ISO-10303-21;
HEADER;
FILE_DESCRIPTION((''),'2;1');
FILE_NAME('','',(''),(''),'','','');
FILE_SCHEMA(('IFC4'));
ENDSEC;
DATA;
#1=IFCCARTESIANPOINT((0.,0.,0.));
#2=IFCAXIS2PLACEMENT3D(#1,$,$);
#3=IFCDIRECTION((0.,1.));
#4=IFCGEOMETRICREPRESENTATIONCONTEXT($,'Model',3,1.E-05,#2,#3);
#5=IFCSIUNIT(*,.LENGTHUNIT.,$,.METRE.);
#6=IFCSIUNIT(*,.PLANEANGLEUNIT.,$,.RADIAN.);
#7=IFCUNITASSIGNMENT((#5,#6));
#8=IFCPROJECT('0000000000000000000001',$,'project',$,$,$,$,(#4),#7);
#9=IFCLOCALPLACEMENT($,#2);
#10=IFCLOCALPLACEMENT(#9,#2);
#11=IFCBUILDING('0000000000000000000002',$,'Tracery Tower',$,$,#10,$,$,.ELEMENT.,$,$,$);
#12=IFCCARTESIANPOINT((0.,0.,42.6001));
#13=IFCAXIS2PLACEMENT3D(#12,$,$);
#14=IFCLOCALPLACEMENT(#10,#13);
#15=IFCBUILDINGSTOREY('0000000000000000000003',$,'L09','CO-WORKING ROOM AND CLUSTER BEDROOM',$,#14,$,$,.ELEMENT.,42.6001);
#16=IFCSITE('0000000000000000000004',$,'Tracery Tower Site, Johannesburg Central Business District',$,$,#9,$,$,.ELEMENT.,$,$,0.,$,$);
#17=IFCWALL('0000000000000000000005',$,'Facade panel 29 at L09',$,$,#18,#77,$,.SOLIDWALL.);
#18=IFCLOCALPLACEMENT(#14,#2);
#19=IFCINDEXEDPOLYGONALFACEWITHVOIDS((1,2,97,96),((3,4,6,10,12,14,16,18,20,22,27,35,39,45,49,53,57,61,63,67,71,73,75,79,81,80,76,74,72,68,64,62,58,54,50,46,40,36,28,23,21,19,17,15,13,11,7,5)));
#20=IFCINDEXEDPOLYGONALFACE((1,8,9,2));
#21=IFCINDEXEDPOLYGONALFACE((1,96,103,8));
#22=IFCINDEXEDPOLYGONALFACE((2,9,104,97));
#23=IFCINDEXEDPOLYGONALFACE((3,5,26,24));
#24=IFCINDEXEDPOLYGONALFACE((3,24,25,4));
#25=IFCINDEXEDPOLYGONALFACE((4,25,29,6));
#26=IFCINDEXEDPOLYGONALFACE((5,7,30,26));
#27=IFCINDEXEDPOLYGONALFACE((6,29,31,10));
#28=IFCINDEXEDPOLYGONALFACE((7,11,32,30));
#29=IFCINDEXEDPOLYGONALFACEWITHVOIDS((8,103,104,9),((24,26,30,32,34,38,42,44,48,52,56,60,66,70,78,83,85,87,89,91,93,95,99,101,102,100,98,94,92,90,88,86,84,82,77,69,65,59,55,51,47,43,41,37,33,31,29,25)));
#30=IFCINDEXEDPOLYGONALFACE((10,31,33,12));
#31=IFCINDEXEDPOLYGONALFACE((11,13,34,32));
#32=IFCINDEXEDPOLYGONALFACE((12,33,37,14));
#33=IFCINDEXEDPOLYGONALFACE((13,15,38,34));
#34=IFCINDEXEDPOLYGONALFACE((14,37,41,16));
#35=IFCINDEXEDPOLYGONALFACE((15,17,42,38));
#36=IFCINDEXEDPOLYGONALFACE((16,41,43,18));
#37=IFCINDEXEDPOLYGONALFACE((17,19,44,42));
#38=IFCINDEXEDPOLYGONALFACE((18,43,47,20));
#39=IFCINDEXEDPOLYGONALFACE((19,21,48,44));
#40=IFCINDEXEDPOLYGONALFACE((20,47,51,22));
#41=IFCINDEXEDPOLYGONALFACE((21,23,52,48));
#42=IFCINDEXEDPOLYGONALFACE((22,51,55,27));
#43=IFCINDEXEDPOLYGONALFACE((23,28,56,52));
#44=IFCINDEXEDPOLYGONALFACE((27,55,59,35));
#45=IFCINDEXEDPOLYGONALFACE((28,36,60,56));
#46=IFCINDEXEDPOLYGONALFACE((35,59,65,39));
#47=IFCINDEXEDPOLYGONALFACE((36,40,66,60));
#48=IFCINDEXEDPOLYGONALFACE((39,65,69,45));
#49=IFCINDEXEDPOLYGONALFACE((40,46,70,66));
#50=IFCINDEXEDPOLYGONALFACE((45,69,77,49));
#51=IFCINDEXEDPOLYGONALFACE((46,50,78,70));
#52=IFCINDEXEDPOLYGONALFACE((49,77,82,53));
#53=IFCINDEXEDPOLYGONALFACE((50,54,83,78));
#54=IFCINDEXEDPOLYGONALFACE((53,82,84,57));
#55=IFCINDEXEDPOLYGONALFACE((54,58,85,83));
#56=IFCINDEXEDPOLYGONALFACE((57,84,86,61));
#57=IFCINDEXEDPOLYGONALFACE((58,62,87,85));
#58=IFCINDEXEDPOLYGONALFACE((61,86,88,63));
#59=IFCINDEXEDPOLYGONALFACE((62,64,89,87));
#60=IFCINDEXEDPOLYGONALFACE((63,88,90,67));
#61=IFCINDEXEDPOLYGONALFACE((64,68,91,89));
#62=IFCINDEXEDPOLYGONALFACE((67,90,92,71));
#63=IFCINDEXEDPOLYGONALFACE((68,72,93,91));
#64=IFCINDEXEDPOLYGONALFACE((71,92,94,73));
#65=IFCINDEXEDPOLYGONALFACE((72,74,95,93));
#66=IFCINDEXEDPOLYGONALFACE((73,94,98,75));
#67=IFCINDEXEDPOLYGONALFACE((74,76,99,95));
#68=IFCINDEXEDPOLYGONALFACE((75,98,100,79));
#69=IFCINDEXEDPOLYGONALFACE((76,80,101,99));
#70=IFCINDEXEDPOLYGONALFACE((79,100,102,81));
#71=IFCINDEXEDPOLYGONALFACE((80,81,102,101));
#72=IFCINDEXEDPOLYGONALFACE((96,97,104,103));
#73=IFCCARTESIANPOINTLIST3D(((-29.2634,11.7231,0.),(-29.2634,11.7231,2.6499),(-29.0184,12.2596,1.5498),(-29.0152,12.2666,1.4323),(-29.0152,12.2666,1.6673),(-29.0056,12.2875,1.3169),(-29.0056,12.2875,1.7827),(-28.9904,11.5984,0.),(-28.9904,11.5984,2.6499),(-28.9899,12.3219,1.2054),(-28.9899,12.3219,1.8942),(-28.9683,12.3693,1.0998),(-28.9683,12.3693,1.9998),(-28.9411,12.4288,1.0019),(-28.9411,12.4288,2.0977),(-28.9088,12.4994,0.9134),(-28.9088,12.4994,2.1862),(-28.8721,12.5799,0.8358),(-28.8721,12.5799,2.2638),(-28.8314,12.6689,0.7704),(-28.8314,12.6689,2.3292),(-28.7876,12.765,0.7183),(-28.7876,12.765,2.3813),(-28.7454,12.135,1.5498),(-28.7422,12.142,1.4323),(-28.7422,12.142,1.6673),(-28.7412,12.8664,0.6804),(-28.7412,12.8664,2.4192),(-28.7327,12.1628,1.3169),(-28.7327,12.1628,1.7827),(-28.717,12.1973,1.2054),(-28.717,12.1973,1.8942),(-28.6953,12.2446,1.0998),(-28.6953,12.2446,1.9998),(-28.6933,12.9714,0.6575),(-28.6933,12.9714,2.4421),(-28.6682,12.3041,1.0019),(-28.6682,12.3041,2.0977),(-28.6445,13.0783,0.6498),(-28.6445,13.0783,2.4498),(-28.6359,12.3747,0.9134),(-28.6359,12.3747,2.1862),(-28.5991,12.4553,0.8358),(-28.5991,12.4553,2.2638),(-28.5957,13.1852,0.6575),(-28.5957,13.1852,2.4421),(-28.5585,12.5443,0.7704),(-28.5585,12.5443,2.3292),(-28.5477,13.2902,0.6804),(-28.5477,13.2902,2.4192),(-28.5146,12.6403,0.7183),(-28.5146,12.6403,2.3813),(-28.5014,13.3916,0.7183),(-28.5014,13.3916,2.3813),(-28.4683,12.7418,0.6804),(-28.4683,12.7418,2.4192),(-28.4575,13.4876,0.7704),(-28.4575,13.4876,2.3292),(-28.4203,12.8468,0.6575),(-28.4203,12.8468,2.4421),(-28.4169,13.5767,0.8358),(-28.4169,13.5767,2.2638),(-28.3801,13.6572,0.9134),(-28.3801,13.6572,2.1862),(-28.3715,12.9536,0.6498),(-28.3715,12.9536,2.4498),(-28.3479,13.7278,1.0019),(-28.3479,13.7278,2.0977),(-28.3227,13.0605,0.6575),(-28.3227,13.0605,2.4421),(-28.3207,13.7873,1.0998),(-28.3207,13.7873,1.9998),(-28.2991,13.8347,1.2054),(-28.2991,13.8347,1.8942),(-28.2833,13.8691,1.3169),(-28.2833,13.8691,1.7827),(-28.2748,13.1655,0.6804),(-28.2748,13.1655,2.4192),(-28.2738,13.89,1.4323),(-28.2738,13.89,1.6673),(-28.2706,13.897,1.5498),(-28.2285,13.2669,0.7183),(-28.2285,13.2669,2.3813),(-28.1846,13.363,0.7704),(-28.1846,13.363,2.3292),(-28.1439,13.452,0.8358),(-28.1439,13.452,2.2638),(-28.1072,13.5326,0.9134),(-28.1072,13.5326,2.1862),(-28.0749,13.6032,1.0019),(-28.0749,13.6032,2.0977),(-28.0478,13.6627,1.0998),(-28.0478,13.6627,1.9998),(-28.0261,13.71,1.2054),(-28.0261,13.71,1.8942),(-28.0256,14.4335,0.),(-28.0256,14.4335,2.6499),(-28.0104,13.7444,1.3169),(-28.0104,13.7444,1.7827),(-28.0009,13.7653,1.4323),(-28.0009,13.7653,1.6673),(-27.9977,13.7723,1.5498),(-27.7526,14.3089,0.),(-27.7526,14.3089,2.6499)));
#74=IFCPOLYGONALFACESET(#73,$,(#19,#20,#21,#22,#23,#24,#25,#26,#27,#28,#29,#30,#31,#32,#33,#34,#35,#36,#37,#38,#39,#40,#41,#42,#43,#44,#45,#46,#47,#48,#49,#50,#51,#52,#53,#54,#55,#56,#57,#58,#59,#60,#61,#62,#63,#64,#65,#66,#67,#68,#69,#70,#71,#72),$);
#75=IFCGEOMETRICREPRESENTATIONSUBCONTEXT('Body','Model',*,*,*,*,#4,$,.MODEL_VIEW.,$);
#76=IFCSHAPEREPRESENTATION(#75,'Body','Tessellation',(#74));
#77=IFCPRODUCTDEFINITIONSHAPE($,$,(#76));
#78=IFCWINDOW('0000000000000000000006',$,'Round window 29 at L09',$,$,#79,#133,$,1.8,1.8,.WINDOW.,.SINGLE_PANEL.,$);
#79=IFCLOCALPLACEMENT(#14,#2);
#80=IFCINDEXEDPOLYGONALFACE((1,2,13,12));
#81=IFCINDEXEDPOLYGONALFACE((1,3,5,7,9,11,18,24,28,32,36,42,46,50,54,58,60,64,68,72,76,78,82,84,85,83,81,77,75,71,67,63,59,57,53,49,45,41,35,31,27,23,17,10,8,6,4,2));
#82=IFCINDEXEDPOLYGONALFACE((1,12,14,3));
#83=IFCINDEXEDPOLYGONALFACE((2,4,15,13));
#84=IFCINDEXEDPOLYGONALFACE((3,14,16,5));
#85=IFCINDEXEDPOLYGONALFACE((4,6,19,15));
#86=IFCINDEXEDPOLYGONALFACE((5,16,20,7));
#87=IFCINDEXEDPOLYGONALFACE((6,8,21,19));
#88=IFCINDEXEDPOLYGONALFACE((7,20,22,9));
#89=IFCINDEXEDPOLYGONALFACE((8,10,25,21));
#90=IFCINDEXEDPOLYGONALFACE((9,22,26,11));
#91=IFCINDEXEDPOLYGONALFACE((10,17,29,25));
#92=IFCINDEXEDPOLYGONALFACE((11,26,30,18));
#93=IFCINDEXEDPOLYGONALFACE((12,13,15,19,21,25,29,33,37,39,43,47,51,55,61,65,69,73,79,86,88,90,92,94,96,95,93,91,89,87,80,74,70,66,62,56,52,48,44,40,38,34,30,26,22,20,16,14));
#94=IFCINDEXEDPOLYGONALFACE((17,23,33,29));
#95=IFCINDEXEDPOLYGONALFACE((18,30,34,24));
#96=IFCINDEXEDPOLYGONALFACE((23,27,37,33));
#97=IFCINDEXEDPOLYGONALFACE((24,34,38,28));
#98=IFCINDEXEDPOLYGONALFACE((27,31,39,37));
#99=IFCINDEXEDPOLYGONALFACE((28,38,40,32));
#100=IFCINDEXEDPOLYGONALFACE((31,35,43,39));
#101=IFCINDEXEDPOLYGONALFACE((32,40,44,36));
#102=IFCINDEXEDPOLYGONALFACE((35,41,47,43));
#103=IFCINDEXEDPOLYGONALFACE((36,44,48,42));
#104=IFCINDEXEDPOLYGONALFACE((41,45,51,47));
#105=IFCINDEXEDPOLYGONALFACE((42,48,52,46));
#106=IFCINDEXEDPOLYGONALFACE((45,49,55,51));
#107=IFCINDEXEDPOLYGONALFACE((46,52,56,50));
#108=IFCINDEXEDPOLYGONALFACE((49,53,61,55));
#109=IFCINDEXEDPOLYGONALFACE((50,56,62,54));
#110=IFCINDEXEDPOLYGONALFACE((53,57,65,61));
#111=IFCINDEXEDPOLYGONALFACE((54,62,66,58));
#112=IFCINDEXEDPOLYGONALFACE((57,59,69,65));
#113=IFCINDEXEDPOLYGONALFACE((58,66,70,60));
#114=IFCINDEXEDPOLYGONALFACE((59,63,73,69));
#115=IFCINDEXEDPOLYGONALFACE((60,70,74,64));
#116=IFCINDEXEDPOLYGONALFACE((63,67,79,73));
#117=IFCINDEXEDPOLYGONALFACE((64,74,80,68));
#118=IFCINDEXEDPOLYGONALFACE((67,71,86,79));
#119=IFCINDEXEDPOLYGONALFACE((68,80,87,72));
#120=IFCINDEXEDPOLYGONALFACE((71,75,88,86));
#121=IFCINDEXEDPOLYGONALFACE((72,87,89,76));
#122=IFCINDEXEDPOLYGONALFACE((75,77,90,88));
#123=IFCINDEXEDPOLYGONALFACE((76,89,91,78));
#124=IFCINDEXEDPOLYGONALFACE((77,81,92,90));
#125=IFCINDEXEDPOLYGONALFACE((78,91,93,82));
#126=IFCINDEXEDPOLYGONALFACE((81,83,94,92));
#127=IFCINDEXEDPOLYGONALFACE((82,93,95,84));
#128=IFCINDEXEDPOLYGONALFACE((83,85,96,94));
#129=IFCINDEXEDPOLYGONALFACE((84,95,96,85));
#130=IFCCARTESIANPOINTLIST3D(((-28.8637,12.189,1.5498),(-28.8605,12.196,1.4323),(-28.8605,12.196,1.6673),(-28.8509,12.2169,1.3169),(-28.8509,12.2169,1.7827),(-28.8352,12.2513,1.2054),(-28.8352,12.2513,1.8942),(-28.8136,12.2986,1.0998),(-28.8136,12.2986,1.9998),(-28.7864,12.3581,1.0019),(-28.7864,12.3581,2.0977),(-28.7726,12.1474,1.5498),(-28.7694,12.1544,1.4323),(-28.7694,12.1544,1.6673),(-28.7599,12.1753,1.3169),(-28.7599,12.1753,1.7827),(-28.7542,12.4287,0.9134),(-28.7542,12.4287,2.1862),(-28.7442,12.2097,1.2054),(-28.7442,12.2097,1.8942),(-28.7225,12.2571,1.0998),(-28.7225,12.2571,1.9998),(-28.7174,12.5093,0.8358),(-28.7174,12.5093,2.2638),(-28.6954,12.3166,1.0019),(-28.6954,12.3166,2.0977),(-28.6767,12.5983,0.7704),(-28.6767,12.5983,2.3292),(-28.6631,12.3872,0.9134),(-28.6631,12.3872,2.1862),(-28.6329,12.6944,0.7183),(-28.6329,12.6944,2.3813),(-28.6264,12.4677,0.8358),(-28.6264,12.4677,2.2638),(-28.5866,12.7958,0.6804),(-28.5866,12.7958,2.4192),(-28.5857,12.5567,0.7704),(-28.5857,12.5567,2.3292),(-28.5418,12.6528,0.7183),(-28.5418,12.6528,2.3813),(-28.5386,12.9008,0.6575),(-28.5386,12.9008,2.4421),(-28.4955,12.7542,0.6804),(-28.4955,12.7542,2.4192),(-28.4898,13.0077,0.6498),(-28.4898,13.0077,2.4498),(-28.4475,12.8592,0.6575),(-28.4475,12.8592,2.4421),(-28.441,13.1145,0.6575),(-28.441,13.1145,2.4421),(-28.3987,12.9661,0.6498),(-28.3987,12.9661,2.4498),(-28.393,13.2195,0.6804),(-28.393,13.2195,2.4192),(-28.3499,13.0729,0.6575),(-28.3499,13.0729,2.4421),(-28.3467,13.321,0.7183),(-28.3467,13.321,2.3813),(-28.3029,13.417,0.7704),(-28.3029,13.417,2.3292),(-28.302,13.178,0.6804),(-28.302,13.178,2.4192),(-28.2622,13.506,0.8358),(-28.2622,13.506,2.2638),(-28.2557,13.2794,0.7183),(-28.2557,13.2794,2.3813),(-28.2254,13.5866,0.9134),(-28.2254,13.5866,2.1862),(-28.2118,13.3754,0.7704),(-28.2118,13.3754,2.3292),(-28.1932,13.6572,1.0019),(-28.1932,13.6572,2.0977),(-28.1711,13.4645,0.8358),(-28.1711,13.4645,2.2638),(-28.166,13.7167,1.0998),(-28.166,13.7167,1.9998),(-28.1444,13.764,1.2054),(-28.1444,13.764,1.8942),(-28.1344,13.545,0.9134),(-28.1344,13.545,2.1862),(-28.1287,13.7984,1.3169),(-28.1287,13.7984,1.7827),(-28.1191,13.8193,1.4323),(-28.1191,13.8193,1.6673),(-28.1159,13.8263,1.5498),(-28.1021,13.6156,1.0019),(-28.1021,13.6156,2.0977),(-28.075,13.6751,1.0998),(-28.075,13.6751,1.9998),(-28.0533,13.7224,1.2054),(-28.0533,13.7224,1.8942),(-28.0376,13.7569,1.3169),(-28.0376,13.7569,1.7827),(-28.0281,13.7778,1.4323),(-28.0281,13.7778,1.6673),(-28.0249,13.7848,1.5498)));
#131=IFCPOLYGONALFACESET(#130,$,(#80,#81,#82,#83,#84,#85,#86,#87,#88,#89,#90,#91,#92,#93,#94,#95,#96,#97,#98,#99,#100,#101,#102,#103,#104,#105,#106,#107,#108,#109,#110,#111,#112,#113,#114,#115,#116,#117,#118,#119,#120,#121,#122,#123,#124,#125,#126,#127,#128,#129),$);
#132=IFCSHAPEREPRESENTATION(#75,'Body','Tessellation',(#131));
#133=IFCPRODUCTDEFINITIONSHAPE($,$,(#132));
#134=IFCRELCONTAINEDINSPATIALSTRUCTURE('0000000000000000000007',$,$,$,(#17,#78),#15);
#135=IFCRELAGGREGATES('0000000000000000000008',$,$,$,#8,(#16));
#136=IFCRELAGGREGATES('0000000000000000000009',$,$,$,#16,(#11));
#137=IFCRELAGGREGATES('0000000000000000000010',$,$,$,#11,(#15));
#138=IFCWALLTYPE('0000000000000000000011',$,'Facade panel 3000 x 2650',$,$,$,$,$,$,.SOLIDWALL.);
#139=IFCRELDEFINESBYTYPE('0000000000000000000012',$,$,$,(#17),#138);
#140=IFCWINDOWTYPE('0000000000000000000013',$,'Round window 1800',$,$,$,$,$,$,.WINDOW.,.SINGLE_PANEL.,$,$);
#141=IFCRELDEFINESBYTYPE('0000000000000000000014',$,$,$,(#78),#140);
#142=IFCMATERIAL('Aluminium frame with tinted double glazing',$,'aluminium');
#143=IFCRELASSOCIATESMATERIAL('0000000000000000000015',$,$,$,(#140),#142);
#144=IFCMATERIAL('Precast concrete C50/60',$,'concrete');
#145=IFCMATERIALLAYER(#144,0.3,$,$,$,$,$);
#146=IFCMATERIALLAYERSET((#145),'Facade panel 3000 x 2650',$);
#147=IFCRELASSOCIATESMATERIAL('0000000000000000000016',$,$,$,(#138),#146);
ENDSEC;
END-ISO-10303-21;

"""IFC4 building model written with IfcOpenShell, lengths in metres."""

from ifc_helpers import new_model, si_unit, direction, frame, frame_2d, origin, origin_2d, place, context, subcontext, project, spatial, rectangle, circle, extrude, material, layer, layer_set, type_object, element, fill, save


model = new_model("IFC4")

# Units and contexts
model_context = context("Model", 3, precision=1e-05, world=origin(), true_north=direction((0.0, 1.0)))
body_context = subcontext(model_context, "Body", "Model", "MODEL_VIEW")
ifc_project = project(units=[si_unit("LENGTHUNIT", "METRE"), si_unit("PLANEANGLEUNIT", "RADIAN")], contexts=[model_context])

# Site, building, storey
site_placement = place(None, origin())
site = spatial("IfcSite", under=ifc_project, at=site_placement, Name="Tracery Tower Site, Johannesburg Central Business District", CompositionType="ELEMENT", RefElevation=0.0)
building_placement = place(site_placement, origin())
building = spatial("IfcBuilding", under=site, at=building_placement, Name="Tracery Tower", CompositionType="ELEMENT")
storey_placement = place(building_placement, frame((0.0, 0.0, 42.6001)))
storey = spatial("IfcBuildingStorey", under=building, at=storey_placement, Name="L09", Description="CO-WORKING ROOM AND CLUSTER BEDROOM", CompositionType="ELEMENT", Elevation=42.6001)

# Wall, opening, window
ifc_material_1 = material(Name="Aluminium frame with tinted double glazing", Category="aluminium")
window_type = type_object("IfcWindowType", Name="Round window 1800", PartitioningType="SINGLE_PANEL", PredefinedType="WINDOW", material=ifc_material_1)
ifc_material_2 = material(Name="Precast concrete C50/60", Category="concrete")
ifc_layer_1 = layer(ifc_material_2, 0.3)
ifc_layer_set_1 = layer_set([ifc_layer_1], Name="Facade panel 3000 x 2650")
wall_type_1 = type_object("IfcWallType", Name="Facade panel 3000 x 2650", PredefinedType="SOLIDWALL", material=ifc_layer_set_1)
wall_1_placement = place(storey_placement, frame((-27.8892, 14.3711, 0.0), z_axis=(0.0, 0.0, 1.0), x_axis=(-0.415407, -0.909636, 0.0)))
wall_1 = element("IfcWall", 1, at=wall_1_placement, inside=storey, type_object=wall_type_1, Name="Facade panel 29 at L09", PredefinedType="SOLIDWALL", context=body_context, shape_type="SweptSolid", body=[
    extrude(rectangle(XDim=2.9797, YDim=0.3, at=frame_2d((1.4897, 0.0))), origin(), (0.0, 0.0, 1.0), 2.6499),
])
opening_1_placement = place(wall_1_placement, frame((1.4897, 0.0, 1.5498)))
opening_1 = element("IfcOpeningElement", 2, at=opening_1_placement, cuts=wall_1, PredefinedType="OPENING", context=body_context, shape_type="SweptSolid", body=[
    extrude(circle(Radius=0.9, at=origin_2d()), frame((0.0, 0.1599, 0.0), z_axis=(0.0, -1.0, 0.0), x_axis=(1.0, 0.0, 0.0)), (0.0, 0.0, 1.0), 0.3201),
])
window_1_placement = place(opening_1_placement, origin())
window_1 = element("IfcWindow", 3, at=window_1_placement, inside=storey, type_object=window_type, Name="Round window 29 at L09", OverallHeight=1.8, OverallWidth=1.8, PartitioningType="SINGLE_PANEL", PredefinedType="WINDOW", context=body_context, shape_type="SweptSolid", body=[
    extrude(circle(Radius=0.9, at=origin_2d()), frame((0.0, 0.1201, 0.0), z_axis=(0.0, -1.0, 0.0), x_axis=(1.0, 0.0, 0.0)), (0.0, 0.0, 1.0), 0.1001),
])
fill(opening_1, window_1)

save(model, "model.ifc")
